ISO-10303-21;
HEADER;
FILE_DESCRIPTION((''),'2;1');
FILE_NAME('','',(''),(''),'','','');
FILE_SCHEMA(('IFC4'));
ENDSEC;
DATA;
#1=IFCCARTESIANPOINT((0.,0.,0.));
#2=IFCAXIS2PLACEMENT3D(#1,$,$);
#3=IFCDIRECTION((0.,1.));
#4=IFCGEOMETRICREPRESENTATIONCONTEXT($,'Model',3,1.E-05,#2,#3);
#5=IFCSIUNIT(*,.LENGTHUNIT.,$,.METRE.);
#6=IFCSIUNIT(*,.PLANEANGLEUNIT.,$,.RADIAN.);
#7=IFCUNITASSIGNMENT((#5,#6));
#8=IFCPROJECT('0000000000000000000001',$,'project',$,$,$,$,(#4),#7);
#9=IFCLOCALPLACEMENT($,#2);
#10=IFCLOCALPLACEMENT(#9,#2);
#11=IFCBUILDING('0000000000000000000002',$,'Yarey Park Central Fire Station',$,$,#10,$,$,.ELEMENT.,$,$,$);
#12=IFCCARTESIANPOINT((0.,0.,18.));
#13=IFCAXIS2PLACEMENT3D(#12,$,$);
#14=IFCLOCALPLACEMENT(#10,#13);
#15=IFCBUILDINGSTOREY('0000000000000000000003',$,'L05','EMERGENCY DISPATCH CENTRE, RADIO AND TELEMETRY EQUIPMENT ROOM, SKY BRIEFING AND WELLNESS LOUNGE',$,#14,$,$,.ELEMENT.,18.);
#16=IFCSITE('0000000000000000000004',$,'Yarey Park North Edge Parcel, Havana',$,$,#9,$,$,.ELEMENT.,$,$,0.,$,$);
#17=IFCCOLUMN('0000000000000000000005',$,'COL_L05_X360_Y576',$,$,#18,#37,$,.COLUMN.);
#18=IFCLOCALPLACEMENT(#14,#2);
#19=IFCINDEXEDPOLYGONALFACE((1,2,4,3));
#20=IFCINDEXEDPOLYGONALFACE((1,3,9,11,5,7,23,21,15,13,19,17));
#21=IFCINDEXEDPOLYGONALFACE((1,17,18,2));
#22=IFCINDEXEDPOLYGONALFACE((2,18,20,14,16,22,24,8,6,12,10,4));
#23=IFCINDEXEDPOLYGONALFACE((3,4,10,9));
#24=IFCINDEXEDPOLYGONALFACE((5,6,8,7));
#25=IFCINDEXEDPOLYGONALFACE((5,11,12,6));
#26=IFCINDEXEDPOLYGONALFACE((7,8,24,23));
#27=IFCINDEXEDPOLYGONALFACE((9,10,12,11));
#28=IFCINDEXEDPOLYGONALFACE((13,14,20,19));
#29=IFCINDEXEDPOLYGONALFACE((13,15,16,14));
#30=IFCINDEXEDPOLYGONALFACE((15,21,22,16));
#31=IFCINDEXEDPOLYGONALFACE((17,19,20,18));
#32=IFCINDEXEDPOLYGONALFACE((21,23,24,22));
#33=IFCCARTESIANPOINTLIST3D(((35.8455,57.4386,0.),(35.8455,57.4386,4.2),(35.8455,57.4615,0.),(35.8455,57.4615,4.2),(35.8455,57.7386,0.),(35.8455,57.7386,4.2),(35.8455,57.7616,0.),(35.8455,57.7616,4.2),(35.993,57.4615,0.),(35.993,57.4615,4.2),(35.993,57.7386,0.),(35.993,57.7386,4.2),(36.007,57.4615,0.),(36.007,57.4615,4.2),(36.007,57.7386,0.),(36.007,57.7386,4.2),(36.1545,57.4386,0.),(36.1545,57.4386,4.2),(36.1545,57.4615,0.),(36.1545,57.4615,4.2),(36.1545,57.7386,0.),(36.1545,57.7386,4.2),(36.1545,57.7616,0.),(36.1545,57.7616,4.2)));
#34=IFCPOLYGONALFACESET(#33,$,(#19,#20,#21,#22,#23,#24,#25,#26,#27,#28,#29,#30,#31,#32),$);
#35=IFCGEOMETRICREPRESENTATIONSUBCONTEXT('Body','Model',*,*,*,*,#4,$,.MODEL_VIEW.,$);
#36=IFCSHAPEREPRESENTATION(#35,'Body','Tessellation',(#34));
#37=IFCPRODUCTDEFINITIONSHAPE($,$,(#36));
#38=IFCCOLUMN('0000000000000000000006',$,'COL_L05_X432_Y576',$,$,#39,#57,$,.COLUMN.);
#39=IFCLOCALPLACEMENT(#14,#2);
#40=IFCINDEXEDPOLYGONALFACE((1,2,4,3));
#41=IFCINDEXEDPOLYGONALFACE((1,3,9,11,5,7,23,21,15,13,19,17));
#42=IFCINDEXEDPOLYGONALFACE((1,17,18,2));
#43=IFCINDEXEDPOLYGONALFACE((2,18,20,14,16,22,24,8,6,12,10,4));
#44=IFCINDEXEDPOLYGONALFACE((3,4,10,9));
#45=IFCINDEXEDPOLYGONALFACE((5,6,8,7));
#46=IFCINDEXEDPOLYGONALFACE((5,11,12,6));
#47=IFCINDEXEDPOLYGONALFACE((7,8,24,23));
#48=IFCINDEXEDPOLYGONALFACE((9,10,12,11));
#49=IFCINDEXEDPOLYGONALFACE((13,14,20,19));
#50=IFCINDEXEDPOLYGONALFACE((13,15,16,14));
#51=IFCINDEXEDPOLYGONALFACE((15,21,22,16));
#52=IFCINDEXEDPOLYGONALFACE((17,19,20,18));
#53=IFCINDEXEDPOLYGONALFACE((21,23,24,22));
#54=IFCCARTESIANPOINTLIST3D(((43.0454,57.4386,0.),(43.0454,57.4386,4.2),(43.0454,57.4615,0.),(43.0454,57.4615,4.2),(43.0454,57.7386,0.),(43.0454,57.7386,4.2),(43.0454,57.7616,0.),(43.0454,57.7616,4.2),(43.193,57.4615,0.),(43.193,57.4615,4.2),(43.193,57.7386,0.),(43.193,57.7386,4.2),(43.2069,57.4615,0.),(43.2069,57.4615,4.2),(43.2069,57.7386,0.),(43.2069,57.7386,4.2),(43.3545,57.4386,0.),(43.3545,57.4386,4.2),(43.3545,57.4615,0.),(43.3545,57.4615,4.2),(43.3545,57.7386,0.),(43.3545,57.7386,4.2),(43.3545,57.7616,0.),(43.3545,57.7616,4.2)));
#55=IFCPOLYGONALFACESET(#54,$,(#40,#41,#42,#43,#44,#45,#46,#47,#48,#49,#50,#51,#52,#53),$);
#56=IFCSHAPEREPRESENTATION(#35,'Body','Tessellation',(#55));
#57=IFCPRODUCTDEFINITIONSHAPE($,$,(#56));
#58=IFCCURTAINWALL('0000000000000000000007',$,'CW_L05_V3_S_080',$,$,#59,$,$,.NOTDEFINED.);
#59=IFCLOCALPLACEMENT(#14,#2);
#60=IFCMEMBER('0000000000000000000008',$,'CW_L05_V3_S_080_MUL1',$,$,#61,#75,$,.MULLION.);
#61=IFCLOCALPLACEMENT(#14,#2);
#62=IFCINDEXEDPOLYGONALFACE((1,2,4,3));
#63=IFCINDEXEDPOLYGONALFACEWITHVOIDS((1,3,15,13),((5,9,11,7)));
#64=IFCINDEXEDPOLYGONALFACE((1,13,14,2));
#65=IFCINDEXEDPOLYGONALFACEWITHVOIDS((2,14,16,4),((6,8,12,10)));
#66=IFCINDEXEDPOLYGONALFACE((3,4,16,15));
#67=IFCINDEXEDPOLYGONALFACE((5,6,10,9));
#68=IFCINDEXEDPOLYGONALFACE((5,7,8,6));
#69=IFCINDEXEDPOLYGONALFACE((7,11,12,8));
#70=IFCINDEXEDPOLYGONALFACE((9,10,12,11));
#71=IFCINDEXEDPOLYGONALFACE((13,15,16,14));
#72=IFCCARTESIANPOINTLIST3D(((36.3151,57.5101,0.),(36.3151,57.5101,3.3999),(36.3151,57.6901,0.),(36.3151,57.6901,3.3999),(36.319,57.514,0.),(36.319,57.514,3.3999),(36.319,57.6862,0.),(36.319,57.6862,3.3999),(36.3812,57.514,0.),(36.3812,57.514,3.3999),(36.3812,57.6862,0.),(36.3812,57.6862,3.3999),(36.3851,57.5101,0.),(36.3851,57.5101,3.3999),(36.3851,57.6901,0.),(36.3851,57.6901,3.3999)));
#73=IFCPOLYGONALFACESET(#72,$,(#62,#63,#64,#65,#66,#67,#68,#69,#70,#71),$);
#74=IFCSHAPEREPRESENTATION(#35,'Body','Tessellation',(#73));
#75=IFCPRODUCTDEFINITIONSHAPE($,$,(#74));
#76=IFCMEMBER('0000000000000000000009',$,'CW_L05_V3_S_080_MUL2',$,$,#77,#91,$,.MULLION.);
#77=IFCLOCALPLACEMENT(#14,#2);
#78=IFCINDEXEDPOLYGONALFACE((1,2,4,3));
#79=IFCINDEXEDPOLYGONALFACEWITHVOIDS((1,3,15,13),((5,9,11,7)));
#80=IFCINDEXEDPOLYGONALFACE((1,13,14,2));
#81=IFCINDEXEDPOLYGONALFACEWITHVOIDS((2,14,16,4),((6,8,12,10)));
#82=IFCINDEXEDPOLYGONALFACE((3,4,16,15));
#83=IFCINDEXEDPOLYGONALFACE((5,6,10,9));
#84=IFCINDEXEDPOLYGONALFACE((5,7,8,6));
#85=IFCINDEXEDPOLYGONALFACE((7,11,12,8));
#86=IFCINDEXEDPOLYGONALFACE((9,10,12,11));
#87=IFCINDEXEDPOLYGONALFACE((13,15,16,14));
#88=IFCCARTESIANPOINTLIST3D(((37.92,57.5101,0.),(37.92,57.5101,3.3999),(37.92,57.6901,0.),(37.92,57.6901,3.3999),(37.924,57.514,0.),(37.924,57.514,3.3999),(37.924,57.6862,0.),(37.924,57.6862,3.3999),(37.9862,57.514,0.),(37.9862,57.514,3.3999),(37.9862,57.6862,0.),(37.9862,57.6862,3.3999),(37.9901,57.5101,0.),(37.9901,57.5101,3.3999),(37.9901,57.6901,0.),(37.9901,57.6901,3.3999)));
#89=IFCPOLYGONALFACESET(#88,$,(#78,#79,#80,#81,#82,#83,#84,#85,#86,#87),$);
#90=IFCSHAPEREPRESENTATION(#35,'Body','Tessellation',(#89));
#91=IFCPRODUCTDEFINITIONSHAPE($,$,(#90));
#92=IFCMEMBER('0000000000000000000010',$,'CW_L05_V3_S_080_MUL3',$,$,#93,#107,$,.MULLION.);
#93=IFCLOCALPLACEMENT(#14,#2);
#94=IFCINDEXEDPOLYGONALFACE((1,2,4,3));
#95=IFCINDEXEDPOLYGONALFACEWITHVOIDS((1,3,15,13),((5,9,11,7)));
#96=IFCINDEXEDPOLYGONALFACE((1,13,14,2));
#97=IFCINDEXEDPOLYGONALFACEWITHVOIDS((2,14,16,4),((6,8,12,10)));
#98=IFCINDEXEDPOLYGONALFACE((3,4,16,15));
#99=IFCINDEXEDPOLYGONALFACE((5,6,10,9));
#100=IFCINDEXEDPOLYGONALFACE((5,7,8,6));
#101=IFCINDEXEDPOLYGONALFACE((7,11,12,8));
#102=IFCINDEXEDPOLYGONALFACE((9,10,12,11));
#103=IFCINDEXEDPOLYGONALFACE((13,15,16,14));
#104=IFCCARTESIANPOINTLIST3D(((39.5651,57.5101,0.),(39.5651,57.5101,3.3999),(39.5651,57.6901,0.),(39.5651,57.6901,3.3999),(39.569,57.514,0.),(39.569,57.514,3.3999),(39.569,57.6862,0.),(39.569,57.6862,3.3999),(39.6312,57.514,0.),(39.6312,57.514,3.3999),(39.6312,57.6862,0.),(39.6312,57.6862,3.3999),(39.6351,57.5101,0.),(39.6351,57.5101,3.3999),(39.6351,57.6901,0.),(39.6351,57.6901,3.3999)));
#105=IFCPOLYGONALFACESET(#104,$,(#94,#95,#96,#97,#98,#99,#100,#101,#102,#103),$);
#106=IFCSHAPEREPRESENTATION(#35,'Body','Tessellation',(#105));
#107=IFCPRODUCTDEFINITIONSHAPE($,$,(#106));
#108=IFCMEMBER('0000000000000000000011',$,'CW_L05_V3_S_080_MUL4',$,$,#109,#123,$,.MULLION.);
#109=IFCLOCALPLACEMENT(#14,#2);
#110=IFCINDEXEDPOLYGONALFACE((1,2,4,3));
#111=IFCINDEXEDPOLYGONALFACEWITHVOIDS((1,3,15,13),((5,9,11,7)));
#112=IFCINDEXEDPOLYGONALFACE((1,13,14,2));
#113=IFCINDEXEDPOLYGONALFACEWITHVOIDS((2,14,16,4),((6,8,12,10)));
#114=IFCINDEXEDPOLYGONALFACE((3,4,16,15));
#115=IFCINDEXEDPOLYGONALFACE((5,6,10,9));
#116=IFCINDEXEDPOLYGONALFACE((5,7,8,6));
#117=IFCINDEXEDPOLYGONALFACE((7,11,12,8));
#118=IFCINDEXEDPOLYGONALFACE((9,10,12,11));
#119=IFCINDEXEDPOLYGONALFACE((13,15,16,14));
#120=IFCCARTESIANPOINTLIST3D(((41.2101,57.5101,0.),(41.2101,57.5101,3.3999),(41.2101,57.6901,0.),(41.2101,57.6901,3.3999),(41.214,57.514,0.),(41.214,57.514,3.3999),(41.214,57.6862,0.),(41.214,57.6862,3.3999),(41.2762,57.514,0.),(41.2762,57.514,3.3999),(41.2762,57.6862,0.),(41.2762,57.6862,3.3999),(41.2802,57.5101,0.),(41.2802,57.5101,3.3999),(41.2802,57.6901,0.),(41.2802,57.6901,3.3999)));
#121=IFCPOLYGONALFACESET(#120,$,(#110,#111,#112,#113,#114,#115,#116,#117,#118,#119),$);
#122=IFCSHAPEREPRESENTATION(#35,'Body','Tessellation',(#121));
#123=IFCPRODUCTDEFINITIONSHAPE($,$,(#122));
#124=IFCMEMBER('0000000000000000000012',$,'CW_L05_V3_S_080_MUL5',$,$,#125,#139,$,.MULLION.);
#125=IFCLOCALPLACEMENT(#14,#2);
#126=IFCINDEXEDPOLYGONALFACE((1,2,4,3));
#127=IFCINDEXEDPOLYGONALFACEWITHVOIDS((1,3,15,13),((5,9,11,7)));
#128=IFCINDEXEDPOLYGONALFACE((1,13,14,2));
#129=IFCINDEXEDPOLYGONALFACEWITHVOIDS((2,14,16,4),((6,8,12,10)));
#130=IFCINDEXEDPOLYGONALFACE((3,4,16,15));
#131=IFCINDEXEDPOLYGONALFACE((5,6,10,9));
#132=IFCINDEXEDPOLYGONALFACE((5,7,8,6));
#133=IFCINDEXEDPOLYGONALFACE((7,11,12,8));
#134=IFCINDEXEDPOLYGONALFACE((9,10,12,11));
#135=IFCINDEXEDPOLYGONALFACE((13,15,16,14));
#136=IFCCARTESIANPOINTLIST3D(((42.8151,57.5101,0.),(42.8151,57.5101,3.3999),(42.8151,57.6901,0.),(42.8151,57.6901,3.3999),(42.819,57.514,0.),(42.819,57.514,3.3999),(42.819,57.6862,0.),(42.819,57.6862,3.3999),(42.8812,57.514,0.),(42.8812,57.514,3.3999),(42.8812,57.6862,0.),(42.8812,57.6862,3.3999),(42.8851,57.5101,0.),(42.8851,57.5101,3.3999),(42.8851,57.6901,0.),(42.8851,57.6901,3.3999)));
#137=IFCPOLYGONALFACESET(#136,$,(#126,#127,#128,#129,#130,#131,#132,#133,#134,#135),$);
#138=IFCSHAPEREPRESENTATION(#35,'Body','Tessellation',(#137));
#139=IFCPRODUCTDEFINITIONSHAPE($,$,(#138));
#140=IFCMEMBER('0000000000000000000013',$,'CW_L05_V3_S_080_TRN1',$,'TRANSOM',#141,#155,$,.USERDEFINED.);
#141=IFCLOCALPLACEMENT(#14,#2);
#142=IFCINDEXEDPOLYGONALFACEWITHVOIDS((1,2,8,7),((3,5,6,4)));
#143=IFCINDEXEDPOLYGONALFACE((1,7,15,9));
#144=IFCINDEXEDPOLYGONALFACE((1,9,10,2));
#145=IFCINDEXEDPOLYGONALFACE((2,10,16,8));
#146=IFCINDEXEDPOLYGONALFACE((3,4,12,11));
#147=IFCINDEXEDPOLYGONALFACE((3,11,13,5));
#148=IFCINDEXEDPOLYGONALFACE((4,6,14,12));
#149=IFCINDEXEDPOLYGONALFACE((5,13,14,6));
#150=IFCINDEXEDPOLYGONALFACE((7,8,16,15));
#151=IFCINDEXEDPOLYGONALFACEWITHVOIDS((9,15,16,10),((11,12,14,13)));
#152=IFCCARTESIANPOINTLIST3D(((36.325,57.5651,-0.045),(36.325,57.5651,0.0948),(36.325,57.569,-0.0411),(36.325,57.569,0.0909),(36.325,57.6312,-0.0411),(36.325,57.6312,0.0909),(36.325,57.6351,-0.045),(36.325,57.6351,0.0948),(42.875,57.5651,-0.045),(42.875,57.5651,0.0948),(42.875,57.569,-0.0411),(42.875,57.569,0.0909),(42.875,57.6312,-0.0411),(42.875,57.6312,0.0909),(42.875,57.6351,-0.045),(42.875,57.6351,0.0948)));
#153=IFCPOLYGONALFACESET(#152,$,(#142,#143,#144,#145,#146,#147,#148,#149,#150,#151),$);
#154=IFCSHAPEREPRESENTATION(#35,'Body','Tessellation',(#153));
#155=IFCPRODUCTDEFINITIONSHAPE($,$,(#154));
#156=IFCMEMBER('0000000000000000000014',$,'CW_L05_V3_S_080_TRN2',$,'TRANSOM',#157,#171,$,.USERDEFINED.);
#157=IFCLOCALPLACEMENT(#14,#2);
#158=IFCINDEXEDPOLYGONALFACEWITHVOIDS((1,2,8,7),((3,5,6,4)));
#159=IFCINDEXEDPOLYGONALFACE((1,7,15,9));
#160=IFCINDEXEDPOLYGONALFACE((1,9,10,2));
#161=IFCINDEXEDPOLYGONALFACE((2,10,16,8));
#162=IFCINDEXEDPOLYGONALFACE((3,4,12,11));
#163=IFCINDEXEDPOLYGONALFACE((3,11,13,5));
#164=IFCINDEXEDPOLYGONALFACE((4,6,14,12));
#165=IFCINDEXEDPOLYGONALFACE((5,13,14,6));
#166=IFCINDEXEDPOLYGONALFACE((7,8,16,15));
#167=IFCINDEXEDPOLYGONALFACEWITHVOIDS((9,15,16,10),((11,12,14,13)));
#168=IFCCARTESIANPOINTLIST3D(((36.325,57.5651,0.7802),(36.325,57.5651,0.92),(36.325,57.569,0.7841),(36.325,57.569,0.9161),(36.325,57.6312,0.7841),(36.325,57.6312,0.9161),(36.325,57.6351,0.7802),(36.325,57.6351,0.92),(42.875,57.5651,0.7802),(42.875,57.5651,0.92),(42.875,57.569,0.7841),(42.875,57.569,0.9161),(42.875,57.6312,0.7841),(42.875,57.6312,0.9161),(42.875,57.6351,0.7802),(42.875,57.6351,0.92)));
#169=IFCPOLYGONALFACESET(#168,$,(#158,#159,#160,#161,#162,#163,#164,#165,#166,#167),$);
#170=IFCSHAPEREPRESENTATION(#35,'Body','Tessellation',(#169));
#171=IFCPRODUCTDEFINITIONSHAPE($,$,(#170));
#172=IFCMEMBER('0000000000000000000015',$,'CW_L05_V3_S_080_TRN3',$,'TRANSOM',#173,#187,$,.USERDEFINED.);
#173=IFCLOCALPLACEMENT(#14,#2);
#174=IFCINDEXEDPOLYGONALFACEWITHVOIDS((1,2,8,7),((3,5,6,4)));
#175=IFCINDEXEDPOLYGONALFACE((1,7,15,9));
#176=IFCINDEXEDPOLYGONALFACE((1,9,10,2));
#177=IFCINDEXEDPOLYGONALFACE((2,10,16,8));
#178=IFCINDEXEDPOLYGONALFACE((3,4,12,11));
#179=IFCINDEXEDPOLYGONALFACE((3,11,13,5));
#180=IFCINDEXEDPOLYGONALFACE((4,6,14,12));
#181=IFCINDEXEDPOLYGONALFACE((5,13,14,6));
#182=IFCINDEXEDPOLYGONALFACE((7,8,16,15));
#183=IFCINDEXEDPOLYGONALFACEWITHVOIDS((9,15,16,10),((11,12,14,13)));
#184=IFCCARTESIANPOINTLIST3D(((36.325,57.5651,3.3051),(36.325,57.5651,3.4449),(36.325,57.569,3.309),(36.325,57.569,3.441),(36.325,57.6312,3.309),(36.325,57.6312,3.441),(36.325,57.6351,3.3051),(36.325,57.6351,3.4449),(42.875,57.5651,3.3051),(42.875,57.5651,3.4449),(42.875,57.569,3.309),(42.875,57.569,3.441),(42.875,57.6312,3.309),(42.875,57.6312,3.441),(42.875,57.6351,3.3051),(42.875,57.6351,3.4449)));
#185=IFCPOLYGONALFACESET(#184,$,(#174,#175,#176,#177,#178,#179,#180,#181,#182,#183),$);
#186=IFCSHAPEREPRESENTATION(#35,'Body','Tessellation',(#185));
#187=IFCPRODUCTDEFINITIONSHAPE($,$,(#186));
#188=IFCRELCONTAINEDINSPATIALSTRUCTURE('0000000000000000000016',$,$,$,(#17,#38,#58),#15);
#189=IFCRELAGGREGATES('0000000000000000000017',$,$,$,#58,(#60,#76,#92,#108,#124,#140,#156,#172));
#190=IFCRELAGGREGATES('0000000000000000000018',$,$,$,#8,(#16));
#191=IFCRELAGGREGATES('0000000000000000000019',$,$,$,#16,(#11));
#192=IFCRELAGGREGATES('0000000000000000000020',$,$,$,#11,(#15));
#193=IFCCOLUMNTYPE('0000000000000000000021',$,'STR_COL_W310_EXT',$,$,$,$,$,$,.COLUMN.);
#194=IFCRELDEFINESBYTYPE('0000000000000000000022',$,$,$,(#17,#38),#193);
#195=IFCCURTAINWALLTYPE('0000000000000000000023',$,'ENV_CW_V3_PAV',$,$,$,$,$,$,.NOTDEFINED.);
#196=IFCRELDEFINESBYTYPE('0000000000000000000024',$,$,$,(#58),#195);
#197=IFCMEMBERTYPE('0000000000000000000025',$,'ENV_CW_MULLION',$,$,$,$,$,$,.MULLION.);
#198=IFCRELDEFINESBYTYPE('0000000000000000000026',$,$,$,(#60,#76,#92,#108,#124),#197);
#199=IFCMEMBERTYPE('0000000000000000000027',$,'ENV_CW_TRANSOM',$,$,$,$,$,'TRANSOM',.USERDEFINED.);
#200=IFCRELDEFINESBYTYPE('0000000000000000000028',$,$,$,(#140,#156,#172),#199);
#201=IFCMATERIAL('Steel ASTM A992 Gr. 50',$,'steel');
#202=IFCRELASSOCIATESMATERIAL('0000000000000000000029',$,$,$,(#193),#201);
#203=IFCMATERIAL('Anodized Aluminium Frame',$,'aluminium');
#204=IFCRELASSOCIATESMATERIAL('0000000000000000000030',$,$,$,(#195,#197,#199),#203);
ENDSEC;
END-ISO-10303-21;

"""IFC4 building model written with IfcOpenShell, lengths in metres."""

from ifc_helpers import new_model, si_unit, direction, frame, origin, origin_2d, place, context, subcontext, project, spatial, hollow_rectangle, i_section, extrude, material, material_profile, profile_set, type_object, element, aggregate, save


model = new_model("IFC4")

# Units and contexts
model_context = context("Model", 3, precision=1e-05, world=origin(), true_north=direction((0.0, 1.0)))
body_context = subcontext(model_context, "Body", "Model", "MODEL_VIEW")
ifc_project = project(units=[si_unit("LENGTHUNIT", "METRE"), si_unit("PLANEANGLEUNIT", "RADIAN")], contexts=[model_context])

# Site, building, storey
site_placement = place(None, origin())
site = spatial("IfcSite", under=ifc_project, at=site_placement, Name="Yarey Park North Edge Parcel, Havana", CompositionType="ELEMENT", RefElevation=0.0)
building_placement = place(site_placement, origin())
building = spatial("IfcBuilding", under=site, at=building_placement, Name="Yarey Park Central Fire Station", CompositionType="ELEMENT")
storey_placement = place(building_placement, frame((0.0, 0.0, 18.0)))
storey = spatial("IfcBuildingStorey", under=building, at=storey_placement, Name="L05", Description="EMERGENCY DISPATCH CENTRE, RADIO AND TELEMETRY EQUIPMENT ROOM, SKY BRIEFING AND WELLNESS LOUNGE", CompositionType="ELEMENT", Elevation=18.0)

# Columns
ifc_material_1 = material(Name="Steel ASTM A992 Gr. 50", Category="steel")
ifc_material_profile_1 = material_profile(ifc_material_1, i_section(OverallWidth=0.3091, OverallDepth=0.323, WebThickness=0.0139, FlangeThickness=0.0229, at=origin_2d()), Name="W310x143")
ifc_profile_set_1 = profile_set([ifc_material_profile_1], Name="Steel ASTM A992 Gr. 50")
column_type = type_object("IfcColumnType", Name="STR_COL_W310_EXT", PredefinedType="COLUMN", material=ifc_profile_set_1)
for number, where, z_axis, x_axis, name in (
    (1, (36.0, 57.6001, 0.0), (0.0, 0.0, 1.0), (1.0, 0.0, 0.0), "COL_L05_X360_Y576"),
    (2, (43.2, 57.6001, 0.0), (0.0, 0.0, 1.0), (1.0, 0.0, 0.0), "COL_L05_X432_Y576"),
):
    element("IfcColumn", number, at=place(storey_placement, frame(where, z_axis=z_axis, x_axis=x_axis)), inside=storey, type_object=column_type, Name=name, PredefinedType="COLUMN", context=body_context, shape_type="SweptSolid", body=[
        extrude(i_section(OverallWidth=0.3091, OverallDepth=0.323, WebThickness=0.0139, FlangeThickness=0.0229, at=origin_2d()), origin(), (0.0, 0.0, 1.0), 4.2),
    ])

# Curtain wall, members
ifc_material_2 = material(Name="Anodized Aluminium Frame", Category="aluminium")
curtain_wall_type = type_object("IfcCurtainWallType", Name="ENV_CW_V3_PAV", PredefinedType="NOTDEFINED", material=ifc_material_2)
curtain_wall_1_placement = place(storey_placement, origin())
curtain_wall_1 = element("IfcCurtainWall", 3, at=curtain_wall_1_placement, inside=storey, type_object=curtain_wall_type, Name="CW_L05_V3_S_080", PredefinedType="NOTDEFINED")
ifc_material_profile_2 = material_profile(ifc_material_2, hollow_rectangle(XDim=0.0701, YDim=0.1799, WallThickness=0.0039, at=origin_2d()), Name="ALU 180x70x4")
ifc_profile_set_2 = profile_set([ifc_material_profile_2], Name="Anodized Aluminium Frame")
member_type_1 = type_object("IfcMemberType", Name="ENV_CW_MULLION", PredefinedType="MULLION", material=ifc_profile_set_2)
member_1_placement = place(storey_placement, frame((36.3501, 57.6001, 0.0), z_axis=(0.0, 0.0, 1.0), x_axis=(1.0, 0.0, 0.0)))
member_1 = element("IfcMember", 4, at=member_1_placement, type_object=member_type_1, Name="CW_L05_V3_S_080_MUL1", PredefinedType="MULLION", context=body_context, shape_type="SweptSolid", body=[
    extrude(hollow_rectangle(XDim=0.0701, YDim=0.1799, WallThickness=0.0039, at=origin_2d()), origin(), (0.0, 0.0, 1.0), 3.3999),
])
member_2_placement = place(storey_placement, frame((37.9551, 57.6001, 0.0), z_axis=(0.0, 0.0, 1.0), x_axis=(1.0, 0.0, 0.0)))
member_2 = element("IfcMember", 5, at=member_2_placement, type_object=member_type_1, Name="CW_L05_V3_S_080_MUL2", PredefinedType="MULLION", context=body_context, shape_type="SweptSolid", body=[
    extrude(hollow_rectangle(XDim=0.0701, YDim=0.1799, WallThickness=0.0039, at=origin_2d()), origin(), (0.0, 0.0, 1.0), 3.3999),
])
member_3_placement = place(storey_placement, frame((39.6001, 57.6001, 0.0), z_axis=(0.0, 0.0, 1.0), x_axis=(1.0, 0.0, 0.0)))
member_3 = element("IfcMember", 6, at=member_3_placement, type_object=member_type_1, Name="CW_L05_V3_S_080_MUL3", PredefinedType="MULLION", context=body_context, shape_type="SweptSolid", body=[
    extrude(hollow_rectangle(XDim=0.0701, YDim=0.1799, WallThickness=0.0039, at=origin_2d()), origin(), (0.0, 0.0, 1.0), 3.3999),
])
member_4_placement = place(storey_placement, frame((41.2451, 57.6001, 0.0), z_axis=(0.0, 0.0, 1.0), x_axis=(1.0, 0.0, 0.0)))
member_4 = element("IfcMember", 7, at=member_4_placement, type_object=member_type_1, Name="CW_L05_V3_S_080_MUL4", PredefinedType="MULLION", context=body_context, shape_type="SweptSolid", body=[
    extrude(hollow_rectangle(XDim=0.0701, YDim=0.1799, WallThickness=0.0039, at=origin_2d()), origin(), (0.0, 0.0, 1.0), 3.3999),
])
member_5_placement = place(storey_placement, frame((42.8501, 57.6001, 0.0), z_axis=(0.0, 0.0, 1.0), x_axis=(1.0, 0.0, 0.0)))
member_5 = element("IfcMember", 8, at=member_5_placement, type_object=member_type_1, Name="CW_L05_V3_S_080_MUL5", PredefinedType="MULLION", context=body_context, shape_type="SweptSolid", body=[
    extrude(hollow_rectangle(XDim=0.0701, YDim=0.1799, WallThickness=0.0039, at=origin_2d()), origin(), (0.0, 0.0, 1.0), 3.3999),
])
ifc_material_profile_3 = material_profile(ifc_material_2, hollow_rectangle(XDim=0.0701, YDim=0.1399, WallThickness=0.0039, at=origin_2d()), Name="ALU 140x70x4")
ifc_profile_set_3 = profile_set([ifc_material_profile_3], Name="Anodized Aluminium Frame")
member_type_2 = type_object("IfcMemberType", Name="ENV_CW_TRANSOM", ElementType="TRANSOM", PredefinedType="USERDEFINED", material=ifc_profile_set_3)
member_6_placement = place(storey_placement, frame((36.325, 57.6001, 0.0249), z_axis=(1.0, 0.0, 0.0), x_axis=(0.0, 1.0, 0.0)))
member_6 = element("IfcMember", 9, at=member_6_placement, type_object=member_type_2, Name="CW_L05_V3_S_080_TRN1", ObjectType="TRANSOM", PredefinedType="USERDEFINED", context=body_context, shape_type="SweptSolid", body=[
    extrude(hollow_rectangle(XDim=0.0701, YDim=0.1399, WallThickness=0.0039, at=origin_2d()), origin(), (0.0, 0.0, 1.0), 6.55),
])
member_7_placement = place(storey_placement, frame((36.325, 57.6001, 0.8501), z_axis=(1.0, 0.0, 0.0), x_axis=(0.0, 1.0, 0.0)))
member_7 = element("IfcMember", 10, at=member_7_placement, type_object=member_type_2, Name="CW_L05_V3_S_080_TRN2", ObjectType="TRANSOM", PredefinedType="USERDEFINED", context=body_context, shape_type="SweptSolid", body=[
    extrude(hollow_rectangle(XDim=0.0701, YDim=0.1399, WallThickness=0.0039, at=origin_2d()), origin(), (0.0, 0.0, 1.0), 6.55),
])
member_8_placement = place(storey_placement, frame((36.325, 57.6001, 3.375), z_axis=(1.0, 0.0, 0.0), x_axis=(0.0, 1.0, 0.0)))
member_8 = element("IfcMember", 11, at=member_8_placement, type_object=member_type_2, Name="CW_L05_V3_S_080_TRN3", ObjectType="TRANSOM", PredefinedType="USERDEFINED", context=body_context, shape_type="SweptSolid", body=[
    extrude(hollow_rectangle(XDim=0.0701, YDim=0.1399, WallThickness=0.0039, at=origin_2d()), origin(), (0.0, 0.0, 1.0), 6.55),
])

aggregate(curtain_wall_1, [member_1, member_2, member_3, member_4, member_5, member_6, member_7, member_8])

save(model, "model.ifc")
